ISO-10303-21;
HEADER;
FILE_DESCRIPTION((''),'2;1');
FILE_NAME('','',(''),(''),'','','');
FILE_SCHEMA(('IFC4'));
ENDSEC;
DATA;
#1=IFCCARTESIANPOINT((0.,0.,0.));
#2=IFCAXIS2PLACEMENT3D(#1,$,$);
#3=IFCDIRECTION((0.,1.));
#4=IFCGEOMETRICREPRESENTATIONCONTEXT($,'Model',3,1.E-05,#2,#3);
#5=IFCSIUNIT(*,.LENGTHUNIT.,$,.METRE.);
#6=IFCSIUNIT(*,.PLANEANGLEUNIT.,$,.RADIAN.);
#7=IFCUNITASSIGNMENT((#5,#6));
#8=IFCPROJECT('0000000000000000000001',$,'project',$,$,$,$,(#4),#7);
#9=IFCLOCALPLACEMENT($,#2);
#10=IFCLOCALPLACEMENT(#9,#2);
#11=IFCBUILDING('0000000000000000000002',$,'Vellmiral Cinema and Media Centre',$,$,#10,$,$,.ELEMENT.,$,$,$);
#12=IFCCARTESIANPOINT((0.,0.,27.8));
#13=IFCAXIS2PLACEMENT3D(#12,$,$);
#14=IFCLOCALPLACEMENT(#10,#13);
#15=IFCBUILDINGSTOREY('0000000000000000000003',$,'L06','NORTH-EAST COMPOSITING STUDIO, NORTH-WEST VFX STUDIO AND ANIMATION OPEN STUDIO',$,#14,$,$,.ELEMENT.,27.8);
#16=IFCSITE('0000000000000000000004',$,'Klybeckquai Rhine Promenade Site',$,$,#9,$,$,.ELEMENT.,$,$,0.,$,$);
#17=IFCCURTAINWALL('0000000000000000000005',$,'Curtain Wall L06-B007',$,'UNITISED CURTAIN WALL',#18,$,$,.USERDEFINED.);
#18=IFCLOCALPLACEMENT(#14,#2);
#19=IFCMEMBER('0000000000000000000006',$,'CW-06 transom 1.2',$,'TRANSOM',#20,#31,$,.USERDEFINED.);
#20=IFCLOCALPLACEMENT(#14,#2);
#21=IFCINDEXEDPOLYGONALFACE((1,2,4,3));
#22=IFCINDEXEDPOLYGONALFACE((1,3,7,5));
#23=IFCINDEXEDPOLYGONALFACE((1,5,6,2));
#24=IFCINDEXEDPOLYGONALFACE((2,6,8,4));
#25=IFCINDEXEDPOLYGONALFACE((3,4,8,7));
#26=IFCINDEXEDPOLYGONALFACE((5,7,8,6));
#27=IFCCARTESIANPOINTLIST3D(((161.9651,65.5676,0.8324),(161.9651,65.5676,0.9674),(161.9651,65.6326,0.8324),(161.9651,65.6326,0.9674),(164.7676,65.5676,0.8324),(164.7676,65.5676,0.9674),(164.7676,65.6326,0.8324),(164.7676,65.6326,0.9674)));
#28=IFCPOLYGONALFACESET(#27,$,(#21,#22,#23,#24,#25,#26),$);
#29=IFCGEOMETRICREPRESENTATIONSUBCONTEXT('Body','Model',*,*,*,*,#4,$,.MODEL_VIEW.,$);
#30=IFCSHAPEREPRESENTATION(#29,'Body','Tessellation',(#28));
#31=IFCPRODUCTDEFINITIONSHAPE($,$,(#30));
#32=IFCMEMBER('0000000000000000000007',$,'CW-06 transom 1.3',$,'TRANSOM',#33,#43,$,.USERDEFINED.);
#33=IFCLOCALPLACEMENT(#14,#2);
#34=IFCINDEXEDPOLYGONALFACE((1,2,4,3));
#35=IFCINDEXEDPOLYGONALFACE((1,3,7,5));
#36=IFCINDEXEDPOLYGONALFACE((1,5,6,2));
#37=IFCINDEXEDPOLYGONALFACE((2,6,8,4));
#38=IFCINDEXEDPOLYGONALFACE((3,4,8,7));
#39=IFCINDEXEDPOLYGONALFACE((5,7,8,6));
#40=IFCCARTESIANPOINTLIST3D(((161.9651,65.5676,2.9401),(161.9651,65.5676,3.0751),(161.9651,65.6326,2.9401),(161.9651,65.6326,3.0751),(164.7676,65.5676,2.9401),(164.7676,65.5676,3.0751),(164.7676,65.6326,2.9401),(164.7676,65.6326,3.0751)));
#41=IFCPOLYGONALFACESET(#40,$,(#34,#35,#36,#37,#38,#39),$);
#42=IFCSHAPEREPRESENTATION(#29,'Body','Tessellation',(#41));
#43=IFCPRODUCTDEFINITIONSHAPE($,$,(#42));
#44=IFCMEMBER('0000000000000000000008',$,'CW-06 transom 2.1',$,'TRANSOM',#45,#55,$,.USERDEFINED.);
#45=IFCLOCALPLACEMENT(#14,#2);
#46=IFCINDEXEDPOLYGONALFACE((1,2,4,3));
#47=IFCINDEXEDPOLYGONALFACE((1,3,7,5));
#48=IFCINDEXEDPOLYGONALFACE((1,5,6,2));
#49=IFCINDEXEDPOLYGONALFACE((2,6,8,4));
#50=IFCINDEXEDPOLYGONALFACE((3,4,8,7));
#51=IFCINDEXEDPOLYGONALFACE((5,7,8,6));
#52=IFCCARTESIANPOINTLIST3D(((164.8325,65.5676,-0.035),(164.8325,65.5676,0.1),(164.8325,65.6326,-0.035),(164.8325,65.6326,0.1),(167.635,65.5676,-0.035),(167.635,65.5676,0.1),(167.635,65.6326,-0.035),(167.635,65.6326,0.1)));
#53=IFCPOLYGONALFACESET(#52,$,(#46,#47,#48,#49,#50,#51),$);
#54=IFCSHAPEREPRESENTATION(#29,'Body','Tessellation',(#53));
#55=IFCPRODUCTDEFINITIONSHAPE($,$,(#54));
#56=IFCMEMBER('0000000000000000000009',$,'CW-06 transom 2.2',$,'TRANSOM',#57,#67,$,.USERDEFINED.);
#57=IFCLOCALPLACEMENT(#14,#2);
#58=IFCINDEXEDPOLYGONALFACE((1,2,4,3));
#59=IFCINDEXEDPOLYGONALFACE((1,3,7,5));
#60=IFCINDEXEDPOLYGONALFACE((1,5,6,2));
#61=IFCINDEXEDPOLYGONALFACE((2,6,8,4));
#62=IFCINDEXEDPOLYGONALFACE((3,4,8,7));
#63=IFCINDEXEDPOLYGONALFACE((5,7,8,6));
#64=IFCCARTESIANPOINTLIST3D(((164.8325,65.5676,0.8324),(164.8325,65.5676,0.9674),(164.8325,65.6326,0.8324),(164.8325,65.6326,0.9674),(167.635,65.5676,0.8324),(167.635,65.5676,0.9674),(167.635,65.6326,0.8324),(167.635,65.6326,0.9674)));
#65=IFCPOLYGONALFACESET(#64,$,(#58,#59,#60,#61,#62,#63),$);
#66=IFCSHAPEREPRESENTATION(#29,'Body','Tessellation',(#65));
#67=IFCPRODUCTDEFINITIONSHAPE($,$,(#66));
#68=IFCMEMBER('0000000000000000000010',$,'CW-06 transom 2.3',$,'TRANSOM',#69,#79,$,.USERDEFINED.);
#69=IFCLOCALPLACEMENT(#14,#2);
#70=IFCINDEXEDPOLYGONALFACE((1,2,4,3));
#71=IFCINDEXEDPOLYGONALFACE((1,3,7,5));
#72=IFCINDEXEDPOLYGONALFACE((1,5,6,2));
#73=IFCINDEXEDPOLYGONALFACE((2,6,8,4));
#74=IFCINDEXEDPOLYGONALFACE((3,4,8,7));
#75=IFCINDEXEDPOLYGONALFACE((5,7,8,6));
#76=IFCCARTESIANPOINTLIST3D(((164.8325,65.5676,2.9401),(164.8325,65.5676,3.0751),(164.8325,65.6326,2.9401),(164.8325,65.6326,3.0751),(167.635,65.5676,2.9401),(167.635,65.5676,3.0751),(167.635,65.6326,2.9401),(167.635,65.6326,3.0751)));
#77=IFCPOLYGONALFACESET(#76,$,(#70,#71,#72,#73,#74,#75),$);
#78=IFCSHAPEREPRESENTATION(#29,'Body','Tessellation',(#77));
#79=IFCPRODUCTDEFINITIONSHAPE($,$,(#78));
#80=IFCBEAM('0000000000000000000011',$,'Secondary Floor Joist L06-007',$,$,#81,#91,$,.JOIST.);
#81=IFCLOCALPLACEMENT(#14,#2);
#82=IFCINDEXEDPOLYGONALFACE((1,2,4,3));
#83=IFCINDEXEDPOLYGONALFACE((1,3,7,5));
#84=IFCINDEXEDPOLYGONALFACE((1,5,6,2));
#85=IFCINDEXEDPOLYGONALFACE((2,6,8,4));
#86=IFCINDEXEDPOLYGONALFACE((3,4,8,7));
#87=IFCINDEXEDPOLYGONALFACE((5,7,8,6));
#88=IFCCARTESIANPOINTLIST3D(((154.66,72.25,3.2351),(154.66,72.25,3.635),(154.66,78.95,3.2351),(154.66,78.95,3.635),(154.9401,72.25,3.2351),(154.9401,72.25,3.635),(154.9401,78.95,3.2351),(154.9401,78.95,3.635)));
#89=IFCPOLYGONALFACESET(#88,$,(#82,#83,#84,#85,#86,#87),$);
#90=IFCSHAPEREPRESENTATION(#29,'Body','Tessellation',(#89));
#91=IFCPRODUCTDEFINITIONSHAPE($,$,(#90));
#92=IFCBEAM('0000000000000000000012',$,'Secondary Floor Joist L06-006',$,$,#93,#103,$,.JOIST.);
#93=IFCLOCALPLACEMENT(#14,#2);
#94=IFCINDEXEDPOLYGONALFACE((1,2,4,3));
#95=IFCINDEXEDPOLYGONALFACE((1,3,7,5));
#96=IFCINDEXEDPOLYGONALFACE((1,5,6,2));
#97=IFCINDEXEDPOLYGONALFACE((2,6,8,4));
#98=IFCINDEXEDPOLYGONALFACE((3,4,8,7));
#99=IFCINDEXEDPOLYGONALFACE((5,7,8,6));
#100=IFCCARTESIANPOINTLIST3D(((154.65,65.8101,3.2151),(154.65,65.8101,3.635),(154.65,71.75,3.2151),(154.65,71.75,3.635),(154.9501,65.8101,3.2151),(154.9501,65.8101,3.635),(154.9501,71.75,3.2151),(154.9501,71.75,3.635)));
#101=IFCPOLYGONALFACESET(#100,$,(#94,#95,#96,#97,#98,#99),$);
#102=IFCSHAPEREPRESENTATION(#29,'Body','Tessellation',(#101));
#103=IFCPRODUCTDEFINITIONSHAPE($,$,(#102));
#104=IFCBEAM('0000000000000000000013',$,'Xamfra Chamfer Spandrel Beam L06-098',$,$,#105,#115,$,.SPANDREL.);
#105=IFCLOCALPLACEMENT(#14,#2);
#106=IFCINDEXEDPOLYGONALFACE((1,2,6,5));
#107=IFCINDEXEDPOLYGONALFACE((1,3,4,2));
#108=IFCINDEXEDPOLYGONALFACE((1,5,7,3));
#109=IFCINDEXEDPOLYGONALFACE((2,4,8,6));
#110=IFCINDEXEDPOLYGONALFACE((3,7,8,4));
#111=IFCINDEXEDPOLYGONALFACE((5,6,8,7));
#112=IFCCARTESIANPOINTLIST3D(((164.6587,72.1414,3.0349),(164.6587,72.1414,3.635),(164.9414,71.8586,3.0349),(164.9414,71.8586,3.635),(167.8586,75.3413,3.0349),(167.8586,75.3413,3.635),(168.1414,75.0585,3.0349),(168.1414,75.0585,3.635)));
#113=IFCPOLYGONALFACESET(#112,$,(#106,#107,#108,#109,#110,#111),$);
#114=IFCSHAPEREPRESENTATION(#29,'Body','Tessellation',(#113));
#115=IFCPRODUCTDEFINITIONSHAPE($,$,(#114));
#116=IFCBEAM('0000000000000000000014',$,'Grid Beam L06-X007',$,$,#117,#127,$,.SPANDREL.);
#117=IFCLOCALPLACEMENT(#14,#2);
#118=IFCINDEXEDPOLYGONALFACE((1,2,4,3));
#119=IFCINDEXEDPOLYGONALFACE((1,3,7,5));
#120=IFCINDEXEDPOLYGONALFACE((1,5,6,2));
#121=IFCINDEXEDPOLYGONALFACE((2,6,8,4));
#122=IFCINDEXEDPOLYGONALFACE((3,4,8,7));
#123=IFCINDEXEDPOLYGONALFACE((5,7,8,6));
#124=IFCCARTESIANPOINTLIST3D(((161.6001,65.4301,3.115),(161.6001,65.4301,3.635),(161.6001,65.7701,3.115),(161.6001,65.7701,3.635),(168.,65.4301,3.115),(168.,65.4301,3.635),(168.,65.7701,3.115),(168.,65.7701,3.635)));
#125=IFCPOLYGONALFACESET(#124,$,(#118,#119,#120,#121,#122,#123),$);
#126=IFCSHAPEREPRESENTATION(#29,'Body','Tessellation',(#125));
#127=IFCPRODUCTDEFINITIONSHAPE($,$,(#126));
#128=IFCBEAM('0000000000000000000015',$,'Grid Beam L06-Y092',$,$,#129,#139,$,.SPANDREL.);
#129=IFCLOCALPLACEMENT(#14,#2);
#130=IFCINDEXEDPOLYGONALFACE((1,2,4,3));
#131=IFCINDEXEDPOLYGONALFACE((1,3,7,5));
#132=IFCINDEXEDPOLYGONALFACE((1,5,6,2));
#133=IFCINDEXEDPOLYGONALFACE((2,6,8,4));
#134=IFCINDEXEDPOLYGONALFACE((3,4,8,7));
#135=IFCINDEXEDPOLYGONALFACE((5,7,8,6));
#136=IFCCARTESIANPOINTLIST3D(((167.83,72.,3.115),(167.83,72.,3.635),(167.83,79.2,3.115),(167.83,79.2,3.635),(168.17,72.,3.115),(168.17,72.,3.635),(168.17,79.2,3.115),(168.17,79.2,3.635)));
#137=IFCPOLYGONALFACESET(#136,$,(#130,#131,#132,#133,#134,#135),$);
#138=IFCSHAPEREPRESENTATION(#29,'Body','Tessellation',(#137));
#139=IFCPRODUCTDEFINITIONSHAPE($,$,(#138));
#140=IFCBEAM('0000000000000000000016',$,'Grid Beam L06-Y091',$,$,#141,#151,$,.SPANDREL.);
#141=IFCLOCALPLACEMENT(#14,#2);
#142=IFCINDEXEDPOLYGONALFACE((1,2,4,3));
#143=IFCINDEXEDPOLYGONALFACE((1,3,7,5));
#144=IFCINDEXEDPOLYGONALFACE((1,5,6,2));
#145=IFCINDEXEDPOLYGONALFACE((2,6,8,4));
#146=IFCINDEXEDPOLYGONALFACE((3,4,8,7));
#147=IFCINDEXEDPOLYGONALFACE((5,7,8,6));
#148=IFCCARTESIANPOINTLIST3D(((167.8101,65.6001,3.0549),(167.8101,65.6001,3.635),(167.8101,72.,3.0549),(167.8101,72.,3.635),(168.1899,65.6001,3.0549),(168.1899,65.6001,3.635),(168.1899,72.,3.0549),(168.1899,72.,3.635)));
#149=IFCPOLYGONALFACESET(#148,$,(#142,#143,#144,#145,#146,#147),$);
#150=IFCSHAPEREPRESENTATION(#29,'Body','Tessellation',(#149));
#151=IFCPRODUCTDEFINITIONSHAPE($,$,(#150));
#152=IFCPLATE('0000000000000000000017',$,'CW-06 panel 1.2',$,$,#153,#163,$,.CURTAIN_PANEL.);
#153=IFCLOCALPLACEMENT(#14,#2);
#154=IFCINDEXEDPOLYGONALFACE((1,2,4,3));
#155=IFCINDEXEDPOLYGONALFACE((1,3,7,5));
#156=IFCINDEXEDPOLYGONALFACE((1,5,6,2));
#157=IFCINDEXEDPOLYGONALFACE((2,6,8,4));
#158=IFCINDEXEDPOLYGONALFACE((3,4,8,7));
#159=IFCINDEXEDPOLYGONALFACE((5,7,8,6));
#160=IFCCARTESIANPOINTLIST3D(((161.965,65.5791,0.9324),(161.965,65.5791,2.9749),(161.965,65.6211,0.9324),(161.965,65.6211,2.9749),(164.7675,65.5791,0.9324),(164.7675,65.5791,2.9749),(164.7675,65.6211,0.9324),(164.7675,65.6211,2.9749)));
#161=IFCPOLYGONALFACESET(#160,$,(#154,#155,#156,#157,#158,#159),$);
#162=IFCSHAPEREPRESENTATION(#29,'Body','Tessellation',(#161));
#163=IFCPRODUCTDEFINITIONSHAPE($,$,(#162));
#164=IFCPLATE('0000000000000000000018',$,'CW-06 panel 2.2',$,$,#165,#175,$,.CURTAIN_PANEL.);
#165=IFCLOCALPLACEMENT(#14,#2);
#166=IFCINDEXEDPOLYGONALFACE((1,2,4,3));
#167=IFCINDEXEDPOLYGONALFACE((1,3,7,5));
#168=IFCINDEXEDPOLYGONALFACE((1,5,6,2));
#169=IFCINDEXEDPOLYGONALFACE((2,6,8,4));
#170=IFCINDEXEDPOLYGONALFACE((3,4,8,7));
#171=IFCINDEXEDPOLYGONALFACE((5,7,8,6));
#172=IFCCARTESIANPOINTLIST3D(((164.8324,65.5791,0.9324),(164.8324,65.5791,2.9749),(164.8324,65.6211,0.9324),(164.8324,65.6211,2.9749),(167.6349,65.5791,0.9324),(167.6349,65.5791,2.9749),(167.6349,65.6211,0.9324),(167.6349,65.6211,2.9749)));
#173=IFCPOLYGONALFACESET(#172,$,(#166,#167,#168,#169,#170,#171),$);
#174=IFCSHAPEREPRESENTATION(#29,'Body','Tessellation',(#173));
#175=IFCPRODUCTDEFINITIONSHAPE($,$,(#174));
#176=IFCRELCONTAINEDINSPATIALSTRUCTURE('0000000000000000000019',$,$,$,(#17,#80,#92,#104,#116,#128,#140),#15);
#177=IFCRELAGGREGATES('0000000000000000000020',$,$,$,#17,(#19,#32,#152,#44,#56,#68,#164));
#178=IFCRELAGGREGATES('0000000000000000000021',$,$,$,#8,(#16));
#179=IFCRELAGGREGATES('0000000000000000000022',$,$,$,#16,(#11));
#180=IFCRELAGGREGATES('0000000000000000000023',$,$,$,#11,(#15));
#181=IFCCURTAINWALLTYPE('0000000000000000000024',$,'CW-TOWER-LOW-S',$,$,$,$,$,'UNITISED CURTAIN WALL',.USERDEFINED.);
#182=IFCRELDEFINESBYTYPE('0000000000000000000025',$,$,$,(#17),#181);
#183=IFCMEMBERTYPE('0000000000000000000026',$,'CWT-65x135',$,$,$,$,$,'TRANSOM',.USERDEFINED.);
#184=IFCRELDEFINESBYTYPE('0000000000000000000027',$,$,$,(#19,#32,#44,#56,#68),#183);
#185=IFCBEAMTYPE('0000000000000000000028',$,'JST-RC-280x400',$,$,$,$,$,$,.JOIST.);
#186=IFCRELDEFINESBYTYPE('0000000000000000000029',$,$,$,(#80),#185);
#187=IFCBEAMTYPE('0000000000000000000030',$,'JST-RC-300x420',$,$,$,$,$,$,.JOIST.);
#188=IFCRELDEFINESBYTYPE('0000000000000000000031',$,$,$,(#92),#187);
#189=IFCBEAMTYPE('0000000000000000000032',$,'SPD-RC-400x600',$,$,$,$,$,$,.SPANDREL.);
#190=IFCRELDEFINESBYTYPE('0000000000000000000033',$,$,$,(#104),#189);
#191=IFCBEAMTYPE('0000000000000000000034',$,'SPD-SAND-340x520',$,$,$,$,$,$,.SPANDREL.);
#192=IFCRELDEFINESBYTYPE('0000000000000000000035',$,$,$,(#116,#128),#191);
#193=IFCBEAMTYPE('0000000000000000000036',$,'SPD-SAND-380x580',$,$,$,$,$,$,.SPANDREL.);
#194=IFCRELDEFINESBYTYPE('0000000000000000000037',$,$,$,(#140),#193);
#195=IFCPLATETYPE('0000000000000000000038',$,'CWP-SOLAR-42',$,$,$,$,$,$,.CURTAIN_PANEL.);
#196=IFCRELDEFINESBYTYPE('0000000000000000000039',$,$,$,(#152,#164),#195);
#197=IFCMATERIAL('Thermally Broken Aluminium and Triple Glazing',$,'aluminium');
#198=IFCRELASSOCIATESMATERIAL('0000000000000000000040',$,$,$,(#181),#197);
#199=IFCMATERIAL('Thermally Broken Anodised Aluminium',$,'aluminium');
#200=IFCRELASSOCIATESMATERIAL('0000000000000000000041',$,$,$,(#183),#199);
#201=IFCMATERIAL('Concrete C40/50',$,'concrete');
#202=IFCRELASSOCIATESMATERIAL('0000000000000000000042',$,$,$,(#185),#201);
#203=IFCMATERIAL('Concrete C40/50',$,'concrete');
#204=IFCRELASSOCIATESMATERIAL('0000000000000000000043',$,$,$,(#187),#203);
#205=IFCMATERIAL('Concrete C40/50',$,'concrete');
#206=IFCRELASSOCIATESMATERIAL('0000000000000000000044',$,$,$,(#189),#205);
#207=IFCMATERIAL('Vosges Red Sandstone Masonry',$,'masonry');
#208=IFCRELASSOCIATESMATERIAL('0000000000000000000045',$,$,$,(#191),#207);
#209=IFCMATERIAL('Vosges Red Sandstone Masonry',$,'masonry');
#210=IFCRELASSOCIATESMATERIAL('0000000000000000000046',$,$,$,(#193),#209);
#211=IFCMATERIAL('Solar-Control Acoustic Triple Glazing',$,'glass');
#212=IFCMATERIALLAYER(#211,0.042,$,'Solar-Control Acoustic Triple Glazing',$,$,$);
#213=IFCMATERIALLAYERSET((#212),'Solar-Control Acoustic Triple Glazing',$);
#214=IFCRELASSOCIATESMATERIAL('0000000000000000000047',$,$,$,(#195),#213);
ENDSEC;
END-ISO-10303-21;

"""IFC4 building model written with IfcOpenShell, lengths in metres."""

from ifc_helpers import new_model, si_unit, direction, frame, origin, origin_2d, place, context, subcontext, project, spatial, rectangle, extrude, material, layer, layer_set, material_profile, profile_set, type_object, element, aggregate, save


model = new_model("IFC4")

# Units and contexts
model_context = context("Model", 3, precision=1e-05, world=origin(), true_north=direction((0.0, 1.0)))
body_context = subcontext(model_context, "Body", "Model", "MODEL_VIEW")
ifc_project = project(units=[si_unit("LENGTHUNIT", "METRE"), si_unit("PLANEANGLEUNIT", "RADIAN")], contexts=[model_context])

# Site, building, storey
site_placement = place(None, origin())
site = spatial("IfcSite", under=ifc_project, at=site_placement, Name="Klybeckquai Rhine Promenade Site", CompositionType="ELEMENT", RefElevation=0.0)
building_placement = place(site_placement, origin())
building = spatial("IfcBuilding", under=site, at=building_placement, Name="Vellmiral Cinema and Media Centre", CompositionType="ELEMENT")
storey_placement = place(building_placement, frame((0.0, 0.0, 27.8)))
storey = spatial("IfcBuildingStorey", under=building, at=storey_placement, Name="L06", Description="NORTH-EAST COMPOSITING STUDIO, NORTH-WEST VFX STUDIO AND ANIMATION OPEN STUDIO", CompositionType="ELEMENT", Elevation=27.8)

# Curtain wall, members
ifc_material_1 = material(Name="Thermally Broken Aluminium and Triple Glazing", Category="aluminium")
curtain_wall_type = type_object("IfcCurtainWallType", Name="CW-TOWER-LOW-S", ElementType="UNITISED CURTAIN WALL", PredefinedType="USERDEFINED", material=ifc_material_1)
curtain_wall_placement = place(storey_placement, origin())
curtain_wall = element("IfcCurtainWall", 1, at=curtain_wall_placement, inside=storey, type_object=curtain_wall_type, Name="Curtain Wall L06-B007", ObjectType="UNITISED CURTAIN WALL", PredefinedType="USERDEFINED")
ifc_material_2 = material(Name="Thermally Broken Anodised Aluminium", Category="aluminium")
ifc_material_profile_1 = material_profile(ifc_material_2, rectangle(XDim=0.0649, YDim=0.135, at=origin_2d()), Name="MULL 65x135")
ifc_profile_set_1 = profile_set([ifc_material_profile_1], Name="Thermally Broken Anodised Aluminium")
member_type_1 = type_object("IfcMemberType", Name="CWT-65x135", ElementType="TRANSOM", PredefinedType="USERDEFINED", material=ifc_profile_set_1)
member_1_placement = place(storey_placement, frame((161.9651, 65.6001, 0.8999), z_axis=(1.0, 0.0, 0.0), x_axis=(0.0, 1.0, 0.0)))
member_1 = element("IfcMember", 2, at=member_1_placement, type_object=member_type_1, Name="CW-06 transom 1.2", ObjectType="TRANSOM", PredefinedType="USERDEFINED", context=body_context, shape_type="SweptSolid", body=[
    extrude(rectangle(XDim=0.0649, YDim=0.135, at=origin_2d()), origin(), (0.0, 0.0, 1.0), 2.8025),
])
member_2_placement = place(storey_placement, frame((161.9651, 65.6001, 3.0076), z_axis=(1.0, 0.0, 0.0), x_axis=(0.0, 1.0, 0.0)))
member_2 = element("IfcMember", 3, at=member_2_placement, type_object=member_type_1, Name="CW-06 transom 1.3", ObjectType="TRANSOM", PredefinedType="USERDEFINED", context=body_context, shape_type="SweptSolid", body=[
    extrude(rectangle(XDim=0.0649, YDim=0.135, at=origin_2d()), origin(), (0.0, 0.0, 1.0), 2.8025),
])
member_3_placement = place(storey_placement, frame((164.8325, 65.6001, 0.0325), z_axis=(1.0, 0.0, 0.0), x_axis=(0.0, 1.0, 0.0)))
member_3 = element("IfcMember", 4, at=member_3_placement, type_object=member_type_1, Name="CW-06 transom 2.1", ObjectType="TRANSOM", PredefinedType="USERDEFINED", context=body_context, shape_type="SweptSolid", body=[
    extrude(rectangle(XDim=0.0649, YDim=0.135, at=origin_2d()), origin(), (0.0, 0.0, 1.0), 2.8025),
])
member_4_placement = place(storey_placement, frame((164.8325, 65.6001, 0.8999), z_axis=(1.0, 0.0, 0.0), x_axis=(0.0, 1.0, 0.0)))
member_4 = element("IfcMember", 5, at=member_4_placement, type_object=member_type_1, Name="CW-06 transom 2.2", ObjectType="TRANSOM", PredefinedType="USERDEFINED", context=body_context, shape_type="SweptSolid", body=[
    extrude(rectangle(XDim=0.0649, YDim=0.135, at=origin_2d()), origin(), (0.0, 0.0, 1.0), 2.8025),
])
member_5_placement = place(storey_placement, frame((164.8325, 65.6001, 3.0076), z_axis=(1.0, 0.0, 0.0), x_axis=(0.0, 1.0, 0.0)))
member_5 = element("IfcMember", 6, at=member_5_placement, type_object=member_type_1, Name="CW-06 transom 2.3", ObjectType="TRANSOM", PredefinedType="USERDEFINED", context=body_context, shape_type="SweptSolid", body=[
    extrude(rectangle(XDim=0.0649, YDim=0.135, at=origin_2d()), origin(), (0.0, 0.0, 1.0), 2.8025),
])

# Beams
ifc_material_3 = material(Name="Concrete C40/50", Category="concrete")
ifc_material_profile_2 = material_profile(ifc_material_3, rectangle(XDim=0.28, YDim=0.3999, at=origin_2d()), Name="RC 280x400")
ifc_profile_set_2 = profile_set([ifc_material_profile_2], Name="Concrete C40/50")
beam_type_1 = type_object("IfcBeamType", Name="JST-RC-280x400", PredefinedType="JOIST", material=ifc_profile_set_2)
beam_1_placement = place(storey_placement, frame((154.8, 72.25, 3.4351), z_axis=(0.0, 1.0, 0.0), x_axis=(-1.0, 0.0, 0.0)))
element("IfcBeam", 7, at=beam_1_placement, inside=storey, type_object=beam_type_1, Name="Secondary Floor Joist L06-007", PredefinedType="JOIST", context=body_context, shape_type="SweptSolid", body=[
    extrude(rectangle(XDim=0.28, YDim=0.3999, at=origin_2d()), origin(), (0.0, 0.0, 1.0), 6.7),
])
ifc_material_4 = material(Name="Concrete C40/50", Category="concrete")
ifc_material_profile_3 = material_profile(ifc_material_4, rectangle(XDim=0.3, YDim=0.4199, at=origin_2d()), Name="RC 300x420")
ifc_profile_set_3 = profile_set([ifc_material_profile_3], Name="Concrete C40/50")
beam_type_2 = type_object("IfcBeamType", Name="JST-RC-300x420", PredefinedType="JOIST", material=ifc_profile_set_3)
beam_2_placement = place(storey_placement, frame((154.8, 65.8101, 3.425), z_axis=(0.0, 1.0, 0.0), x_axis=(-1.0, 0.0, 0.0)))
element("IfcBeam", 8, at=beam_2_placement, inside=storey, type_object=beam_type_2, Name="Secondary Floor Joist L06-006", PredefinedType="JOIST", context=body_context, shape_type="SweptSolid", body=[
    extrude(rectangle(XDim=0.3, YDim=0.4199, at=origin_2d()), origin(), (0.0, 0.0, 1.0), 5.9399),
])
ifc_material_5 = material(Name="Concrete C40/50", Category="concrete")
ifc_material_profile_4 = material_profile(ifc_material_5, rectangle(XDim=0.3999, YDim=0.6001, at=origin_2d()), Name="RC 400x600")
ifc_profile_set_4 = profile_set([ifc_material_profile_4], Name="Concrete C40/50")
beam_type_3 = type_object("IfcBeamType", Name="SPD-RC-400x600", PredefinedType="SPANDREL", material=ifc_profile_set_4)
beam_3_placement = place(storey_placement, frame((164.8, 72.0, 3.335), z_axis=(0.707107, 0.707107, 0.0), x_axis=(-0.707107, 0.707107, 0.0)))
element("IfcBeam", 9, at=beam_3_placement, inside=storey, type_object=beam_type_3, Name="Xamfra Chamfer Spandrel Beam L06-098", PredefinedType="SPANDREL", context=body_context, shape_type="SweptSolid", body=[
    extrude(rectangle(XDim=0.3999, YDim=0.6001, at=origin_2d()), origin(), (0.0, 0.0, 1.0), 4.5254),
])
ifc_material_6 = material(Name="Vosges Red Sandstone Masonry", Category="masonry")
ifc_material_profile_5 = material_profile(ifc_material_6, rectangle(XDim=0.3401, YDim=0.52, at=origin_2d()), Name="SAND 340x520")
ifc_profile_set_5 = profile_set([ifc_material_profile_5], Name="Vosges Red Sandstone Masonry")
beam_type_4 = type_object("IfcBeamType", Name="SPD-SAND-340x520", PredefinedType="SPANDREL", material=ifc_profile_set_5)
beam_4_placement = place(storey_placement, frame((161.6001, 65.6001, 3.375), z_axis=(1.0, 0.0, 0.0), x_axis=(0.0, 1.0, 0.0)))
element("IfcBeam", 10, at=beam_4_placement, inside=storey, type_object=beam_type_4, Name="Grid Beam L06-X007", PredefinedType="SPANDREL", context=body_context, shape_type="SweptSolid", body=[
    extrude(rectangle(XDim=0.3401, YDim=0.52, at=origin_2d()), origin(), (0.0, 0.0, 1.0), 6.3999),
])
beam_5_placement = place(storey_placement, frame((168.0, 72.0, 3.375), z_axis=(0.0, 1.0, 0.0), x_axis=(-1.0, 0.0, 0.0)))
element("IfcBeam", 11, at=beam_5_placement, inside=storey, type_object=beam_type_4, Name="Grid Beam L06-Y092", PredefinedType="SPANDREL", context=body_context, shape_type="SweptSolid", body=[
    extrude(rectangle(XDim=0.3401, YDim=0.52, at=origin_2d()), origin(), (0.0, 0.0, 1.0), 7.2),
])
ifc_material_7 = material(Name="Vosges Red Sandstone Masonry", Category="masonry")
ifc_material_profile_6 = material_profile(ifc_material_7, rectangle(XDim=0.3799, YDim=0.5801, at=origin_2d()), Name="SAND 380x580")
ifc_profile_set_6 = profile_set([ifc_material_profile_6], Name="Vosges Red Sandstone Masonry")
beam_type_5 = type_object("IfcBeamType", Name="SPD-SAND-380x580", PredefinedType="SPANDREL", material=ifc_profile_set_6)
beam_6_placement = place(storey_placement, frame((168.0, 65.6001, 3.345), z_axis=(0.0, 1.0, 0.0), x_axis=(-1.0, 0.0, 0.0)))
element("IfcBeam", 12, at=beam_6_placement, inside=storey, type_object=beam_type_5, Name="Grid Beam L06-Y091", PredefinedType="SPANDREL", context=body_context, shape_type="SweptSolid", body=[
    extrude(rectangle(XDim=0.3799, YDim=0.5801, at=origin_2d()), origin(), (0.0, 0.0, 1.0), 6.3999),
])

# Plates
ifc_material_8 = material(Name="Solar-Control Acoustic Triple Glazing", Category="glass")
ifc_layer_1 = layer(ifc_material_8, 0.042, Name="Solar-Control Acoustic Triple Glazing")
ifc_layer_set_1 = layer_set([ifc_layer_1], Name="Solar-Control Acoustic Triple Glazing")
plate_type_1 = type_object("IfcPlateType", Name="CWP-SOLAR-42", PredefinedType="CURTAIN_PANEL", material=ifc_layer_set_1)
plate_1_placement = place(storey_placement, frame((163.3662, 65.6001, 0.9324), z_axis=(0.0, 0.0, 1.0), x_axis=(1.0, 0.0, 0.0)))
plate_1 = element("IfcPlate", 13, at=plate_1_placement, type_object=plate_type_1, Name="CW-06 panel 1.2", PredefinedType="CURTAIN_PANEL", context=body_context, shape_type="SweptSolid", body=[
    extrude(rectangle(XDim=2.8025, YDim=0.042, at=origin_2d()), origin(), (0.0, 0.0, 1.0), 2.0425),
])
plate_2_placement = place(storey_placement, frame((166.2336, 65.6001, 0.9324), z_axis=(0.0, 0.0, 1.0), x_axis=(1.0, 0.0, 0.0)))
plate_2 = element("IfcPlate", 14, at=plate_2_placement, type_object=plate_type_1, Name="CW-06 panel 2.2", PredefinedType="CURTAIN_PANEL", context=body_context, shape_type="SweptSolid", body=[
    extrude(rectangle(XDim=2.8025, YDim=0.042, at=origin_2d()), origin(), (0.0, 0.0, 1.0), 2.0425),
])
aggregate(curtain_wall, [member_1, member_2, plate_1, member_3, member_4, member_5, plate_2])

save(model, "model.ifc")
